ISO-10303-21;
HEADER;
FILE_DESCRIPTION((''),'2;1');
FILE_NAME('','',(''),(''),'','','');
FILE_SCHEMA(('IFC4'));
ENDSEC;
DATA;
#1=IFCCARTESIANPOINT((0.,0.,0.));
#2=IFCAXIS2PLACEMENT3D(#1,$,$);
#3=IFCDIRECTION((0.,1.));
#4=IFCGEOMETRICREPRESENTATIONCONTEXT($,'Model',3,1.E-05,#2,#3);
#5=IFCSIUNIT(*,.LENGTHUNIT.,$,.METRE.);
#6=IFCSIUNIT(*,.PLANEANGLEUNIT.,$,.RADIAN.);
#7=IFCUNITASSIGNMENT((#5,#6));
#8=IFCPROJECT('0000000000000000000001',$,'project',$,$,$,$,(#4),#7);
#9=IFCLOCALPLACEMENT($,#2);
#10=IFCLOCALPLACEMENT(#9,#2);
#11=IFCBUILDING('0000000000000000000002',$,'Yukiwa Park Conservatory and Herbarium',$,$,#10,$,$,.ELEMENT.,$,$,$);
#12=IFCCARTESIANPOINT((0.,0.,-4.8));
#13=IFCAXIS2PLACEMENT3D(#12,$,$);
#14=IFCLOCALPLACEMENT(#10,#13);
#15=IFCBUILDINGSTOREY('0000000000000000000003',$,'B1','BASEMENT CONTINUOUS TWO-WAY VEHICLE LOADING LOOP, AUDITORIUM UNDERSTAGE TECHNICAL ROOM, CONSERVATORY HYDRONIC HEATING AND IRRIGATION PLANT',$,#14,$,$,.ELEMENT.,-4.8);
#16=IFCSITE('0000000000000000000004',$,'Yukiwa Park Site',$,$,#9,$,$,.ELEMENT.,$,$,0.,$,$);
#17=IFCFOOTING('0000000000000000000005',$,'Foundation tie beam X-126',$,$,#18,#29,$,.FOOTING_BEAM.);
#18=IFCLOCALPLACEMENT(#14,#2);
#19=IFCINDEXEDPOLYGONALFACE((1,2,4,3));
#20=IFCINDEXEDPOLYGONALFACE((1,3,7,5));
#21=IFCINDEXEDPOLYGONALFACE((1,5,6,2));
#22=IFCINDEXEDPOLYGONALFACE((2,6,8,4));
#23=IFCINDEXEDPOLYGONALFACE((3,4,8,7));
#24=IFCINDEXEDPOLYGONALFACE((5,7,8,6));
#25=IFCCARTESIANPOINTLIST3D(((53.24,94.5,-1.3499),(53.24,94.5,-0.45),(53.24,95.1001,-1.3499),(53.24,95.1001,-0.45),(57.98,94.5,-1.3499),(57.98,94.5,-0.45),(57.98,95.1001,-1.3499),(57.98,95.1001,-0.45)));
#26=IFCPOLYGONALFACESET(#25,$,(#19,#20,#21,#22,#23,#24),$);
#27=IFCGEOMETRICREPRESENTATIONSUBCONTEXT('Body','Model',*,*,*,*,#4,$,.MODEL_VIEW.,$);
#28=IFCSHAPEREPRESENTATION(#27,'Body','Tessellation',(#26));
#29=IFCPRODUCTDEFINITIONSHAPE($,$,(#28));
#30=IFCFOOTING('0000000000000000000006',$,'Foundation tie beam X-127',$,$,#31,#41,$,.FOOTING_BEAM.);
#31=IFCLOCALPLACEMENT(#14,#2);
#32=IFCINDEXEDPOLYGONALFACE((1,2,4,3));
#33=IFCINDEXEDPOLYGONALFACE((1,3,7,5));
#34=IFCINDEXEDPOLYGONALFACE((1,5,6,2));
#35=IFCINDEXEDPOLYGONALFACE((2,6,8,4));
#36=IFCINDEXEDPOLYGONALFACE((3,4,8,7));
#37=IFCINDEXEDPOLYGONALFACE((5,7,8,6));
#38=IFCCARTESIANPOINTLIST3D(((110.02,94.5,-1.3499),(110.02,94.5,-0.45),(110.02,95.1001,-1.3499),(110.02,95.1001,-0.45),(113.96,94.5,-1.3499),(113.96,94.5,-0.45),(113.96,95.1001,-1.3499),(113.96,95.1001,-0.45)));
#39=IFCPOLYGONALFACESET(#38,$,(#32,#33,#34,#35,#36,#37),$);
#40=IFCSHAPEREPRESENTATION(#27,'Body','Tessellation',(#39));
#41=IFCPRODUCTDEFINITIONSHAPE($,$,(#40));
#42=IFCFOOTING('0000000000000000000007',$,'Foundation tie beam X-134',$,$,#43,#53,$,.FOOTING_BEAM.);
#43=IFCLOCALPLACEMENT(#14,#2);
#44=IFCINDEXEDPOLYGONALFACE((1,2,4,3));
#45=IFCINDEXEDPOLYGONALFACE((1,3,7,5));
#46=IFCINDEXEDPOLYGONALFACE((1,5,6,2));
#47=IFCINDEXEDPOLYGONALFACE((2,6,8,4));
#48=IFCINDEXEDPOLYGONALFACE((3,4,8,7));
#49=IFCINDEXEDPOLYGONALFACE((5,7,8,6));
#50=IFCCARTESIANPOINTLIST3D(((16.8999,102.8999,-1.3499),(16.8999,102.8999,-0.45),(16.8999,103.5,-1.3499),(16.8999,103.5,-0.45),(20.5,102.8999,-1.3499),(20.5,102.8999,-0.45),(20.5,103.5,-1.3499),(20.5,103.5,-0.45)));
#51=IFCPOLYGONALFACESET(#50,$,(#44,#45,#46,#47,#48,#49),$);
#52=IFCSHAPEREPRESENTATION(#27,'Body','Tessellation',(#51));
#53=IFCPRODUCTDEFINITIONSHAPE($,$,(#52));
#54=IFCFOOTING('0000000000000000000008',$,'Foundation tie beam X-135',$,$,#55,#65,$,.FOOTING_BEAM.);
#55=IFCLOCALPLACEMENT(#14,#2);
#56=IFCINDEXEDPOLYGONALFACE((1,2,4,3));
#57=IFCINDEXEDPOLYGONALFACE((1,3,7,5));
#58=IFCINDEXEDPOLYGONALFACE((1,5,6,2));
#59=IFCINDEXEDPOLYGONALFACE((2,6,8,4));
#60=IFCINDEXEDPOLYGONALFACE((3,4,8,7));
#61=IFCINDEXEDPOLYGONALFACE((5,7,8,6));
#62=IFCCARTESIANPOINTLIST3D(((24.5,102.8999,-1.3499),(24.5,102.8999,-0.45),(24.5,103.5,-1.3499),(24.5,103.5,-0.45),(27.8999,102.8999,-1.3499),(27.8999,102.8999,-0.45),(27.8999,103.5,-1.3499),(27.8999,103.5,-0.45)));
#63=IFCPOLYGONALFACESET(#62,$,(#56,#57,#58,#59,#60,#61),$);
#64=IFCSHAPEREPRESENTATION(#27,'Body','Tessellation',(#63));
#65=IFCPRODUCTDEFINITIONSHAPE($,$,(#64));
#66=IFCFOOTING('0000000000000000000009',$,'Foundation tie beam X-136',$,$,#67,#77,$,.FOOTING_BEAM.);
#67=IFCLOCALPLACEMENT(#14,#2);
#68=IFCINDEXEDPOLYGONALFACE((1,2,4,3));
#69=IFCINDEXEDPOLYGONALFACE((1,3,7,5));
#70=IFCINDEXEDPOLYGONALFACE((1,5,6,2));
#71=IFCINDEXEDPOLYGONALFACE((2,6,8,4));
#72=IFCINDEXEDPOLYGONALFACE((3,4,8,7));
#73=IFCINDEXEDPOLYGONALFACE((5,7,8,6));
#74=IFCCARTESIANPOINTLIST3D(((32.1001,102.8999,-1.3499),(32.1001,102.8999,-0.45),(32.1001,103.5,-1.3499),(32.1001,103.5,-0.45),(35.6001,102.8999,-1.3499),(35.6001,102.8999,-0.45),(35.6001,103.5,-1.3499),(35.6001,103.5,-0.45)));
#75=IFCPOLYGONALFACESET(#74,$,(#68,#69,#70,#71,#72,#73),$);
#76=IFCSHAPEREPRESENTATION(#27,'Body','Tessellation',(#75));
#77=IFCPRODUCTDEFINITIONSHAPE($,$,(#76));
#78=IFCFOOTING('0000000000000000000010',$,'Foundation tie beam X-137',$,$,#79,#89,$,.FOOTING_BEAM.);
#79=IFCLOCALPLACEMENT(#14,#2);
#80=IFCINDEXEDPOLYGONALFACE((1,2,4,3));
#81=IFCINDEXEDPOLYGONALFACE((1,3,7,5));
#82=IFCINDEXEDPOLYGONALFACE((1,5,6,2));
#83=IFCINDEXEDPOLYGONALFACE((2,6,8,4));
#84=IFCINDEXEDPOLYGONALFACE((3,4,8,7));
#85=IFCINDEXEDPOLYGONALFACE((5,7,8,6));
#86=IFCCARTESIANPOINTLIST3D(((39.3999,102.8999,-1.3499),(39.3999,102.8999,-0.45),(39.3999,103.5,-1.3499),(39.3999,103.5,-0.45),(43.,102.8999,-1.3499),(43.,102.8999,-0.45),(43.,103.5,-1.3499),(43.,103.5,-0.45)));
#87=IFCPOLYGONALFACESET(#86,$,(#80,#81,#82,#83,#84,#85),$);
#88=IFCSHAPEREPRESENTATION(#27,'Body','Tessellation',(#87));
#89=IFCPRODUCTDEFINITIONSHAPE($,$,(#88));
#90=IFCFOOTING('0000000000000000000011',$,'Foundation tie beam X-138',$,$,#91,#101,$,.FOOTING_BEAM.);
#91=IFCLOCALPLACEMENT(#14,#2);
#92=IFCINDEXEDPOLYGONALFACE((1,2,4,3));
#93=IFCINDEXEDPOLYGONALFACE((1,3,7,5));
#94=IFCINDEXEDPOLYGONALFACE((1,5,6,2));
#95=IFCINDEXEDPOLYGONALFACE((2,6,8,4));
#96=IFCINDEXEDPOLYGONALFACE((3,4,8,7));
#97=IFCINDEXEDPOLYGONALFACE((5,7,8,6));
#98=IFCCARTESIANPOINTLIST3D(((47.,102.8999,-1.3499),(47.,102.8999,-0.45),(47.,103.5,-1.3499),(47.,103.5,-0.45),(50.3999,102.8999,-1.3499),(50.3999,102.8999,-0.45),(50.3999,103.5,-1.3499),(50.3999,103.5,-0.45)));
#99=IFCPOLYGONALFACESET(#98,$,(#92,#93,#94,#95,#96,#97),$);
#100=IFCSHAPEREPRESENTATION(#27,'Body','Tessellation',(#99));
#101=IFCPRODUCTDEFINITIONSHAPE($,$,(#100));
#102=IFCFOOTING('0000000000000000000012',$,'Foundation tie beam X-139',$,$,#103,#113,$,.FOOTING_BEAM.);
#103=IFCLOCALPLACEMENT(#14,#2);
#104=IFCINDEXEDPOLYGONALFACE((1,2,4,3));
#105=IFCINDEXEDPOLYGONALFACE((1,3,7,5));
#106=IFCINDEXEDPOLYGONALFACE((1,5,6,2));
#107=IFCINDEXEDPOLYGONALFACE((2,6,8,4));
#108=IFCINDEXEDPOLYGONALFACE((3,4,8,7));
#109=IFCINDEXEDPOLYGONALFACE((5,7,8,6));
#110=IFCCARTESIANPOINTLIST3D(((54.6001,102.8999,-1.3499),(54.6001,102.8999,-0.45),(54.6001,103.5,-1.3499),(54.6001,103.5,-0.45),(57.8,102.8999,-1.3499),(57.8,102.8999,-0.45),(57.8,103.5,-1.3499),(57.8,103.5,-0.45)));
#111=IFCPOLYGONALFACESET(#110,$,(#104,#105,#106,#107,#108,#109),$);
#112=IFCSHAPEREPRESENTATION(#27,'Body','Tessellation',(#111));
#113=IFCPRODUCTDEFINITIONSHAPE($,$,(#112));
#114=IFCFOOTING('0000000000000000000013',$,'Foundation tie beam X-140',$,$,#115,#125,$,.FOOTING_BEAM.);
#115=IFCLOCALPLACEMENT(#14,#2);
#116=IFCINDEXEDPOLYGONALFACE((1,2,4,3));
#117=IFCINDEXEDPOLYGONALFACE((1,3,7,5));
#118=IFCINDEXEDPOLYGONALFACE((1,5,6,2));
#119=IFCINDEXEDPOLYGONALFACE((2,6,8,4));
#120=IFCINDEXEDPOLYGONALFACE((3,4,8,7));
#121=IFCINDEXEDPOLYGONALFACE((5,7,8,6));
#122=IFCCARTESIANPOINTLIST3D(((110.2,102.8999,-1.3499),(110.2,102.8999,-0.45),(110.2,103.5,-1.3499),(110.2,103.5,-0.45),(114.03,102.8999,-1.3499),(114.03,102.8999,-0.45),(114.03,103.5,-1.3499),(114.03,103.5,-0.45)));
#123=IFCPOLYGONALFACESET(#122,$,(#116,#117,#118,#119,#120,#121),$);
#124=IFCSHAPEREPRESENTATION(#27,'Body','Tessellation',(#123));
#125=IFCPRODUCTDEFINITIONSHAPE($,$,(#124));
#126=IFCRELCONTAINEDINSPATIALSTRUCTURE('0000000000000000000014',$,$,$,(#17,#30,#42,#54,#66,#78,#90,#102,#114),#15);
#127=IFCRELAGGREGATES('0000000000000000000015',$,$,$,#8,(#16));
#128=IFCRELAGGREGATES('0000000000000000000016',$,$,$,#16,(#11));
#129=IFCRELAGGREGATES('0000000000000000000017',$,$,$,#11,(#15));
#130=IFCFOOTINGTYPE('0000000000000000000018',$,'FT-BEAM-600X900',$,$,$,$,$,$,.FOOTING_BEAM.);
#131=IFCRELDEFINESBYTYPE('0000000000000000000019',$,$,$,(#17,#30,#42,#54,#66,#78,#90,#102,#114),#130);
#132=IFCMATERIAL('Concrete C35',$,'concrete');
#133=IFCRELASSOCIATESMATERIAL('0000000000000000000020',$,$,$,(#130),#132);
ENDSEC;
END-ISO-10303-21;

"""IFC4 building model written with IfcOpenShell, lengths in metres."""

from ifc_helpers import new_model, si_unit, direction, frame, origin, place, context, subcontext, project, spatial, polyline, outline, extrude, material, type_object, element, save


model = new_model("IFC4")

# Units and contexts
model_context = context("Model", 3, precision=1e-05, world=origin(), true_north=direction((0.0, 1.0)))
body_context = subcontext(model_context, "Body", "Model", "MODEL_VIEW")
ifc_project = project(units=[si_unit("LENGTHUNIT", "METRE"), si_unit("PLANEANGLEUNIT", "RADIAN")], contexts=[model_context])

# Site, building, storey
site_placement = place(None, origin())
site = spatial("IfcSite", under=ifc_project, at=site_placement, Name="Yukiwa Park Site", CompositionType="ELEMENT", RefElevation=0.0)
building_placement = place(site_placement, origin())
building = spatial("IfcBuilding", under=site, at=building_placement, Name="Yukiwa Park Conservatory and Herbarium", CompositionType="ELEMENT")
storey_placement = place(building_placement, frame((0.0, 0.0, -4.8)))
storey = spatial("IfcBuildingStorey", under=building, at=storey_placement, Name="B1", Description="BASEMENT CONTINUOUS TWO-WAY VEHICLE LOADING LOOP, AUDITORIUM UNDERSTAGE TECHNICAL ROOM, CONSERVATORY HYDRONIC HEATING AND IRRIGATION PLANT", CompositionType="ELEMENT", Elevation=-4.8)

# Footings
ifc_material = material(Name="Concrete C35", Category="concrete")
footing_type = type_object("IfcFootingType", Name="FT-BEAM-600X900", PredefinedType="FOOTING_BEAM", material=ifc_material)
footing_1_placement = place(storey_placement, frame((0.0, 0.0, -1.3499)))
element("IfcFooting", 1, at=footing_1_placement, inside=storey, type_object=footing_type, Name="Foundation tie beam X-126", PredefinedType="FOOTING_BEAM", context=body_context, shape_type="SweptSolid", body=[
    extrude(outline(polyline([(53.24, 94.5), (57.98, 94.5), (57.98, 95.1001), (53.24, 95.1001), (53.24, 94.5)])), origin(), (0.0, 0.0, 1.0), 0.8999),
])
footing_2_placement = place(storey_placement, frame((0.0, 0.0, -1.3499)))
element("IfcFooting", 2, at=footing_2_placement, inside=storey, type_object=footing_type, Name="Foundation tie beam X-127", PredefinedType="FOOTING_BEAM", context=body_context, shape_type="SweptSolid", body=[
    extrude(outline(polyline([(110.02, 94.5), (113.96, 94.5), (113.96, 95.1001), (110.02, 95.1001), (110.02, 94.5)])), origin(), (0.0, 0.0, 1.0), 0.8999),
])
footing_3_placement = place(storey_placement, frame((0.0, 0.0, -1.3499)))
element("IfcFooting", 3, at=footing_3_placement, inside=storey, type_object=footing_type, Name="Foundation tie beam X-134", PredefinedType="FOOTING_BEAM", context=body_context, shape_type="SweptSolid", body=[
    extrude(outline(polyline([(16.8999, 102.8999), (20.5, 102.8999), (20.5, 103.5), (16.8999, 103.5), (16.8999, 102.8999)])), origin(), (0.0, 0.0, 1.0), 0.8999),
])
footing_4_placement = place(storey_placement, frame((0.0, 0.0, -1.3499)))
element("IfcFooting", 4, at=footing_4_placement, inside=storey, type_object=footing_type, Name="Foundation tie beam X-135", PredefinedType="FOOTING_BEAM", context=body_context, shape_type="SweptSolid", body=[
    extrude(outline(polyline([(24.5, 102.8999), (27.8999, 102.8999), (27.8999, 103.5), (24.5, 103.5), (24.5, 102.8999)])), origin(), (0.0, 0.0, 1.0), 0.8999),
])
footing_5_placement = place(storey_placement, frame((0.0, 0.0, -1.3499)))
element("IfcFooting", 5, at=footing_5_placement, inside=storey, type_object=footing_type, Name="Foundation tie beam X-136", PredefinedType="FOOTING_BEAM", context=body_context, shape_type="SweptSolid", body=[
    extrude(outline(polyline([(32.1001, 102.8999), (35.6001, 102.8999), (35.6001, 103.5), (32.1001, 103.5), (32.1001, 102.8999)])), origin(), (0.0, 0.0, 1.0), 0.8999),
])
footing_6_placement = place(storey_placement, frame((0.0, 0.0, -1.3499)))
element("IfcFooting", 6, at=footing_6_placement, inside=storey, type_object=footing_type, Name="Foundation tie beam X-137", PredefinedType="FOOTING_BEAM", context=body_context, shape_type="SweptSolid", body=[
    extrude(outline(polyline([(39.3999, 102.8999), (43.0, 102.8999), (43.0, 103.5), (39.3999, 103.5), (39.3999, 102.8999)])), origin(), (0.0, 0.0, 1.0), 0.8999),
])
footing_7_placement = place(storey_placement, frame((0.0, 0.0, -1.3499)))
element("IfcFooting", 7, at=footing_7_placement, inside=storey, type_object=footing_type, Name="Foundation tie beam X-138", PredefinedType="FOOTING_BEAM", context=body_context, shape_type="SweptSolid", body=[
    extrude(outline(polyline([(47.0, 102.8999), (50.3999, 102.8999), (50.3999, 103.5), (47.0, 103.5), (47.0, 102.8999)])), origin(), (0.0, 0.0, 1.0), 0.8999),
])
footing_8_placement = place(storey_placement, frame((0.0, 0.0, -1.3499)))
element("IfcFooting", 8, at=footing_8_placement, inside=storey, type_object=footing_type, Name="Foundation tie beam X-139", PredefinedType="FOOTING_BEAM", context=body_context, shape_type="SweptSolid", body=[
    extrude(outline(polyline([(54.6001, 102.8999), (57.8, 102.8999), (57.8, 103.5), (54.6001, 103.5), (54.6001, 102.8999)])), origin(), (0.0, 0.0, 1.0), 0.8999),
])
footing_9_placement = place(storey_placement, frame((0.0, 0.0, -1.3499)))
element("IfcFooting", 9, at=footing_9_placement, inside=storey, type_object=footing_type, Name="Foundation tie beam X-140", PredefinedType="FOOTING_BEAM", context=body_context, shape_type="SweptSolid", body=[
    extrude(outline(polyline([(110.2, 102.8999), (114.03, 102.8999), (114.03, 103.5), (110.2, 103.5), (110.2, 102.8999)])), origin(), (0.0, 0.0, 1.0), 0.8999),
])

save(model, "model.ifc")
